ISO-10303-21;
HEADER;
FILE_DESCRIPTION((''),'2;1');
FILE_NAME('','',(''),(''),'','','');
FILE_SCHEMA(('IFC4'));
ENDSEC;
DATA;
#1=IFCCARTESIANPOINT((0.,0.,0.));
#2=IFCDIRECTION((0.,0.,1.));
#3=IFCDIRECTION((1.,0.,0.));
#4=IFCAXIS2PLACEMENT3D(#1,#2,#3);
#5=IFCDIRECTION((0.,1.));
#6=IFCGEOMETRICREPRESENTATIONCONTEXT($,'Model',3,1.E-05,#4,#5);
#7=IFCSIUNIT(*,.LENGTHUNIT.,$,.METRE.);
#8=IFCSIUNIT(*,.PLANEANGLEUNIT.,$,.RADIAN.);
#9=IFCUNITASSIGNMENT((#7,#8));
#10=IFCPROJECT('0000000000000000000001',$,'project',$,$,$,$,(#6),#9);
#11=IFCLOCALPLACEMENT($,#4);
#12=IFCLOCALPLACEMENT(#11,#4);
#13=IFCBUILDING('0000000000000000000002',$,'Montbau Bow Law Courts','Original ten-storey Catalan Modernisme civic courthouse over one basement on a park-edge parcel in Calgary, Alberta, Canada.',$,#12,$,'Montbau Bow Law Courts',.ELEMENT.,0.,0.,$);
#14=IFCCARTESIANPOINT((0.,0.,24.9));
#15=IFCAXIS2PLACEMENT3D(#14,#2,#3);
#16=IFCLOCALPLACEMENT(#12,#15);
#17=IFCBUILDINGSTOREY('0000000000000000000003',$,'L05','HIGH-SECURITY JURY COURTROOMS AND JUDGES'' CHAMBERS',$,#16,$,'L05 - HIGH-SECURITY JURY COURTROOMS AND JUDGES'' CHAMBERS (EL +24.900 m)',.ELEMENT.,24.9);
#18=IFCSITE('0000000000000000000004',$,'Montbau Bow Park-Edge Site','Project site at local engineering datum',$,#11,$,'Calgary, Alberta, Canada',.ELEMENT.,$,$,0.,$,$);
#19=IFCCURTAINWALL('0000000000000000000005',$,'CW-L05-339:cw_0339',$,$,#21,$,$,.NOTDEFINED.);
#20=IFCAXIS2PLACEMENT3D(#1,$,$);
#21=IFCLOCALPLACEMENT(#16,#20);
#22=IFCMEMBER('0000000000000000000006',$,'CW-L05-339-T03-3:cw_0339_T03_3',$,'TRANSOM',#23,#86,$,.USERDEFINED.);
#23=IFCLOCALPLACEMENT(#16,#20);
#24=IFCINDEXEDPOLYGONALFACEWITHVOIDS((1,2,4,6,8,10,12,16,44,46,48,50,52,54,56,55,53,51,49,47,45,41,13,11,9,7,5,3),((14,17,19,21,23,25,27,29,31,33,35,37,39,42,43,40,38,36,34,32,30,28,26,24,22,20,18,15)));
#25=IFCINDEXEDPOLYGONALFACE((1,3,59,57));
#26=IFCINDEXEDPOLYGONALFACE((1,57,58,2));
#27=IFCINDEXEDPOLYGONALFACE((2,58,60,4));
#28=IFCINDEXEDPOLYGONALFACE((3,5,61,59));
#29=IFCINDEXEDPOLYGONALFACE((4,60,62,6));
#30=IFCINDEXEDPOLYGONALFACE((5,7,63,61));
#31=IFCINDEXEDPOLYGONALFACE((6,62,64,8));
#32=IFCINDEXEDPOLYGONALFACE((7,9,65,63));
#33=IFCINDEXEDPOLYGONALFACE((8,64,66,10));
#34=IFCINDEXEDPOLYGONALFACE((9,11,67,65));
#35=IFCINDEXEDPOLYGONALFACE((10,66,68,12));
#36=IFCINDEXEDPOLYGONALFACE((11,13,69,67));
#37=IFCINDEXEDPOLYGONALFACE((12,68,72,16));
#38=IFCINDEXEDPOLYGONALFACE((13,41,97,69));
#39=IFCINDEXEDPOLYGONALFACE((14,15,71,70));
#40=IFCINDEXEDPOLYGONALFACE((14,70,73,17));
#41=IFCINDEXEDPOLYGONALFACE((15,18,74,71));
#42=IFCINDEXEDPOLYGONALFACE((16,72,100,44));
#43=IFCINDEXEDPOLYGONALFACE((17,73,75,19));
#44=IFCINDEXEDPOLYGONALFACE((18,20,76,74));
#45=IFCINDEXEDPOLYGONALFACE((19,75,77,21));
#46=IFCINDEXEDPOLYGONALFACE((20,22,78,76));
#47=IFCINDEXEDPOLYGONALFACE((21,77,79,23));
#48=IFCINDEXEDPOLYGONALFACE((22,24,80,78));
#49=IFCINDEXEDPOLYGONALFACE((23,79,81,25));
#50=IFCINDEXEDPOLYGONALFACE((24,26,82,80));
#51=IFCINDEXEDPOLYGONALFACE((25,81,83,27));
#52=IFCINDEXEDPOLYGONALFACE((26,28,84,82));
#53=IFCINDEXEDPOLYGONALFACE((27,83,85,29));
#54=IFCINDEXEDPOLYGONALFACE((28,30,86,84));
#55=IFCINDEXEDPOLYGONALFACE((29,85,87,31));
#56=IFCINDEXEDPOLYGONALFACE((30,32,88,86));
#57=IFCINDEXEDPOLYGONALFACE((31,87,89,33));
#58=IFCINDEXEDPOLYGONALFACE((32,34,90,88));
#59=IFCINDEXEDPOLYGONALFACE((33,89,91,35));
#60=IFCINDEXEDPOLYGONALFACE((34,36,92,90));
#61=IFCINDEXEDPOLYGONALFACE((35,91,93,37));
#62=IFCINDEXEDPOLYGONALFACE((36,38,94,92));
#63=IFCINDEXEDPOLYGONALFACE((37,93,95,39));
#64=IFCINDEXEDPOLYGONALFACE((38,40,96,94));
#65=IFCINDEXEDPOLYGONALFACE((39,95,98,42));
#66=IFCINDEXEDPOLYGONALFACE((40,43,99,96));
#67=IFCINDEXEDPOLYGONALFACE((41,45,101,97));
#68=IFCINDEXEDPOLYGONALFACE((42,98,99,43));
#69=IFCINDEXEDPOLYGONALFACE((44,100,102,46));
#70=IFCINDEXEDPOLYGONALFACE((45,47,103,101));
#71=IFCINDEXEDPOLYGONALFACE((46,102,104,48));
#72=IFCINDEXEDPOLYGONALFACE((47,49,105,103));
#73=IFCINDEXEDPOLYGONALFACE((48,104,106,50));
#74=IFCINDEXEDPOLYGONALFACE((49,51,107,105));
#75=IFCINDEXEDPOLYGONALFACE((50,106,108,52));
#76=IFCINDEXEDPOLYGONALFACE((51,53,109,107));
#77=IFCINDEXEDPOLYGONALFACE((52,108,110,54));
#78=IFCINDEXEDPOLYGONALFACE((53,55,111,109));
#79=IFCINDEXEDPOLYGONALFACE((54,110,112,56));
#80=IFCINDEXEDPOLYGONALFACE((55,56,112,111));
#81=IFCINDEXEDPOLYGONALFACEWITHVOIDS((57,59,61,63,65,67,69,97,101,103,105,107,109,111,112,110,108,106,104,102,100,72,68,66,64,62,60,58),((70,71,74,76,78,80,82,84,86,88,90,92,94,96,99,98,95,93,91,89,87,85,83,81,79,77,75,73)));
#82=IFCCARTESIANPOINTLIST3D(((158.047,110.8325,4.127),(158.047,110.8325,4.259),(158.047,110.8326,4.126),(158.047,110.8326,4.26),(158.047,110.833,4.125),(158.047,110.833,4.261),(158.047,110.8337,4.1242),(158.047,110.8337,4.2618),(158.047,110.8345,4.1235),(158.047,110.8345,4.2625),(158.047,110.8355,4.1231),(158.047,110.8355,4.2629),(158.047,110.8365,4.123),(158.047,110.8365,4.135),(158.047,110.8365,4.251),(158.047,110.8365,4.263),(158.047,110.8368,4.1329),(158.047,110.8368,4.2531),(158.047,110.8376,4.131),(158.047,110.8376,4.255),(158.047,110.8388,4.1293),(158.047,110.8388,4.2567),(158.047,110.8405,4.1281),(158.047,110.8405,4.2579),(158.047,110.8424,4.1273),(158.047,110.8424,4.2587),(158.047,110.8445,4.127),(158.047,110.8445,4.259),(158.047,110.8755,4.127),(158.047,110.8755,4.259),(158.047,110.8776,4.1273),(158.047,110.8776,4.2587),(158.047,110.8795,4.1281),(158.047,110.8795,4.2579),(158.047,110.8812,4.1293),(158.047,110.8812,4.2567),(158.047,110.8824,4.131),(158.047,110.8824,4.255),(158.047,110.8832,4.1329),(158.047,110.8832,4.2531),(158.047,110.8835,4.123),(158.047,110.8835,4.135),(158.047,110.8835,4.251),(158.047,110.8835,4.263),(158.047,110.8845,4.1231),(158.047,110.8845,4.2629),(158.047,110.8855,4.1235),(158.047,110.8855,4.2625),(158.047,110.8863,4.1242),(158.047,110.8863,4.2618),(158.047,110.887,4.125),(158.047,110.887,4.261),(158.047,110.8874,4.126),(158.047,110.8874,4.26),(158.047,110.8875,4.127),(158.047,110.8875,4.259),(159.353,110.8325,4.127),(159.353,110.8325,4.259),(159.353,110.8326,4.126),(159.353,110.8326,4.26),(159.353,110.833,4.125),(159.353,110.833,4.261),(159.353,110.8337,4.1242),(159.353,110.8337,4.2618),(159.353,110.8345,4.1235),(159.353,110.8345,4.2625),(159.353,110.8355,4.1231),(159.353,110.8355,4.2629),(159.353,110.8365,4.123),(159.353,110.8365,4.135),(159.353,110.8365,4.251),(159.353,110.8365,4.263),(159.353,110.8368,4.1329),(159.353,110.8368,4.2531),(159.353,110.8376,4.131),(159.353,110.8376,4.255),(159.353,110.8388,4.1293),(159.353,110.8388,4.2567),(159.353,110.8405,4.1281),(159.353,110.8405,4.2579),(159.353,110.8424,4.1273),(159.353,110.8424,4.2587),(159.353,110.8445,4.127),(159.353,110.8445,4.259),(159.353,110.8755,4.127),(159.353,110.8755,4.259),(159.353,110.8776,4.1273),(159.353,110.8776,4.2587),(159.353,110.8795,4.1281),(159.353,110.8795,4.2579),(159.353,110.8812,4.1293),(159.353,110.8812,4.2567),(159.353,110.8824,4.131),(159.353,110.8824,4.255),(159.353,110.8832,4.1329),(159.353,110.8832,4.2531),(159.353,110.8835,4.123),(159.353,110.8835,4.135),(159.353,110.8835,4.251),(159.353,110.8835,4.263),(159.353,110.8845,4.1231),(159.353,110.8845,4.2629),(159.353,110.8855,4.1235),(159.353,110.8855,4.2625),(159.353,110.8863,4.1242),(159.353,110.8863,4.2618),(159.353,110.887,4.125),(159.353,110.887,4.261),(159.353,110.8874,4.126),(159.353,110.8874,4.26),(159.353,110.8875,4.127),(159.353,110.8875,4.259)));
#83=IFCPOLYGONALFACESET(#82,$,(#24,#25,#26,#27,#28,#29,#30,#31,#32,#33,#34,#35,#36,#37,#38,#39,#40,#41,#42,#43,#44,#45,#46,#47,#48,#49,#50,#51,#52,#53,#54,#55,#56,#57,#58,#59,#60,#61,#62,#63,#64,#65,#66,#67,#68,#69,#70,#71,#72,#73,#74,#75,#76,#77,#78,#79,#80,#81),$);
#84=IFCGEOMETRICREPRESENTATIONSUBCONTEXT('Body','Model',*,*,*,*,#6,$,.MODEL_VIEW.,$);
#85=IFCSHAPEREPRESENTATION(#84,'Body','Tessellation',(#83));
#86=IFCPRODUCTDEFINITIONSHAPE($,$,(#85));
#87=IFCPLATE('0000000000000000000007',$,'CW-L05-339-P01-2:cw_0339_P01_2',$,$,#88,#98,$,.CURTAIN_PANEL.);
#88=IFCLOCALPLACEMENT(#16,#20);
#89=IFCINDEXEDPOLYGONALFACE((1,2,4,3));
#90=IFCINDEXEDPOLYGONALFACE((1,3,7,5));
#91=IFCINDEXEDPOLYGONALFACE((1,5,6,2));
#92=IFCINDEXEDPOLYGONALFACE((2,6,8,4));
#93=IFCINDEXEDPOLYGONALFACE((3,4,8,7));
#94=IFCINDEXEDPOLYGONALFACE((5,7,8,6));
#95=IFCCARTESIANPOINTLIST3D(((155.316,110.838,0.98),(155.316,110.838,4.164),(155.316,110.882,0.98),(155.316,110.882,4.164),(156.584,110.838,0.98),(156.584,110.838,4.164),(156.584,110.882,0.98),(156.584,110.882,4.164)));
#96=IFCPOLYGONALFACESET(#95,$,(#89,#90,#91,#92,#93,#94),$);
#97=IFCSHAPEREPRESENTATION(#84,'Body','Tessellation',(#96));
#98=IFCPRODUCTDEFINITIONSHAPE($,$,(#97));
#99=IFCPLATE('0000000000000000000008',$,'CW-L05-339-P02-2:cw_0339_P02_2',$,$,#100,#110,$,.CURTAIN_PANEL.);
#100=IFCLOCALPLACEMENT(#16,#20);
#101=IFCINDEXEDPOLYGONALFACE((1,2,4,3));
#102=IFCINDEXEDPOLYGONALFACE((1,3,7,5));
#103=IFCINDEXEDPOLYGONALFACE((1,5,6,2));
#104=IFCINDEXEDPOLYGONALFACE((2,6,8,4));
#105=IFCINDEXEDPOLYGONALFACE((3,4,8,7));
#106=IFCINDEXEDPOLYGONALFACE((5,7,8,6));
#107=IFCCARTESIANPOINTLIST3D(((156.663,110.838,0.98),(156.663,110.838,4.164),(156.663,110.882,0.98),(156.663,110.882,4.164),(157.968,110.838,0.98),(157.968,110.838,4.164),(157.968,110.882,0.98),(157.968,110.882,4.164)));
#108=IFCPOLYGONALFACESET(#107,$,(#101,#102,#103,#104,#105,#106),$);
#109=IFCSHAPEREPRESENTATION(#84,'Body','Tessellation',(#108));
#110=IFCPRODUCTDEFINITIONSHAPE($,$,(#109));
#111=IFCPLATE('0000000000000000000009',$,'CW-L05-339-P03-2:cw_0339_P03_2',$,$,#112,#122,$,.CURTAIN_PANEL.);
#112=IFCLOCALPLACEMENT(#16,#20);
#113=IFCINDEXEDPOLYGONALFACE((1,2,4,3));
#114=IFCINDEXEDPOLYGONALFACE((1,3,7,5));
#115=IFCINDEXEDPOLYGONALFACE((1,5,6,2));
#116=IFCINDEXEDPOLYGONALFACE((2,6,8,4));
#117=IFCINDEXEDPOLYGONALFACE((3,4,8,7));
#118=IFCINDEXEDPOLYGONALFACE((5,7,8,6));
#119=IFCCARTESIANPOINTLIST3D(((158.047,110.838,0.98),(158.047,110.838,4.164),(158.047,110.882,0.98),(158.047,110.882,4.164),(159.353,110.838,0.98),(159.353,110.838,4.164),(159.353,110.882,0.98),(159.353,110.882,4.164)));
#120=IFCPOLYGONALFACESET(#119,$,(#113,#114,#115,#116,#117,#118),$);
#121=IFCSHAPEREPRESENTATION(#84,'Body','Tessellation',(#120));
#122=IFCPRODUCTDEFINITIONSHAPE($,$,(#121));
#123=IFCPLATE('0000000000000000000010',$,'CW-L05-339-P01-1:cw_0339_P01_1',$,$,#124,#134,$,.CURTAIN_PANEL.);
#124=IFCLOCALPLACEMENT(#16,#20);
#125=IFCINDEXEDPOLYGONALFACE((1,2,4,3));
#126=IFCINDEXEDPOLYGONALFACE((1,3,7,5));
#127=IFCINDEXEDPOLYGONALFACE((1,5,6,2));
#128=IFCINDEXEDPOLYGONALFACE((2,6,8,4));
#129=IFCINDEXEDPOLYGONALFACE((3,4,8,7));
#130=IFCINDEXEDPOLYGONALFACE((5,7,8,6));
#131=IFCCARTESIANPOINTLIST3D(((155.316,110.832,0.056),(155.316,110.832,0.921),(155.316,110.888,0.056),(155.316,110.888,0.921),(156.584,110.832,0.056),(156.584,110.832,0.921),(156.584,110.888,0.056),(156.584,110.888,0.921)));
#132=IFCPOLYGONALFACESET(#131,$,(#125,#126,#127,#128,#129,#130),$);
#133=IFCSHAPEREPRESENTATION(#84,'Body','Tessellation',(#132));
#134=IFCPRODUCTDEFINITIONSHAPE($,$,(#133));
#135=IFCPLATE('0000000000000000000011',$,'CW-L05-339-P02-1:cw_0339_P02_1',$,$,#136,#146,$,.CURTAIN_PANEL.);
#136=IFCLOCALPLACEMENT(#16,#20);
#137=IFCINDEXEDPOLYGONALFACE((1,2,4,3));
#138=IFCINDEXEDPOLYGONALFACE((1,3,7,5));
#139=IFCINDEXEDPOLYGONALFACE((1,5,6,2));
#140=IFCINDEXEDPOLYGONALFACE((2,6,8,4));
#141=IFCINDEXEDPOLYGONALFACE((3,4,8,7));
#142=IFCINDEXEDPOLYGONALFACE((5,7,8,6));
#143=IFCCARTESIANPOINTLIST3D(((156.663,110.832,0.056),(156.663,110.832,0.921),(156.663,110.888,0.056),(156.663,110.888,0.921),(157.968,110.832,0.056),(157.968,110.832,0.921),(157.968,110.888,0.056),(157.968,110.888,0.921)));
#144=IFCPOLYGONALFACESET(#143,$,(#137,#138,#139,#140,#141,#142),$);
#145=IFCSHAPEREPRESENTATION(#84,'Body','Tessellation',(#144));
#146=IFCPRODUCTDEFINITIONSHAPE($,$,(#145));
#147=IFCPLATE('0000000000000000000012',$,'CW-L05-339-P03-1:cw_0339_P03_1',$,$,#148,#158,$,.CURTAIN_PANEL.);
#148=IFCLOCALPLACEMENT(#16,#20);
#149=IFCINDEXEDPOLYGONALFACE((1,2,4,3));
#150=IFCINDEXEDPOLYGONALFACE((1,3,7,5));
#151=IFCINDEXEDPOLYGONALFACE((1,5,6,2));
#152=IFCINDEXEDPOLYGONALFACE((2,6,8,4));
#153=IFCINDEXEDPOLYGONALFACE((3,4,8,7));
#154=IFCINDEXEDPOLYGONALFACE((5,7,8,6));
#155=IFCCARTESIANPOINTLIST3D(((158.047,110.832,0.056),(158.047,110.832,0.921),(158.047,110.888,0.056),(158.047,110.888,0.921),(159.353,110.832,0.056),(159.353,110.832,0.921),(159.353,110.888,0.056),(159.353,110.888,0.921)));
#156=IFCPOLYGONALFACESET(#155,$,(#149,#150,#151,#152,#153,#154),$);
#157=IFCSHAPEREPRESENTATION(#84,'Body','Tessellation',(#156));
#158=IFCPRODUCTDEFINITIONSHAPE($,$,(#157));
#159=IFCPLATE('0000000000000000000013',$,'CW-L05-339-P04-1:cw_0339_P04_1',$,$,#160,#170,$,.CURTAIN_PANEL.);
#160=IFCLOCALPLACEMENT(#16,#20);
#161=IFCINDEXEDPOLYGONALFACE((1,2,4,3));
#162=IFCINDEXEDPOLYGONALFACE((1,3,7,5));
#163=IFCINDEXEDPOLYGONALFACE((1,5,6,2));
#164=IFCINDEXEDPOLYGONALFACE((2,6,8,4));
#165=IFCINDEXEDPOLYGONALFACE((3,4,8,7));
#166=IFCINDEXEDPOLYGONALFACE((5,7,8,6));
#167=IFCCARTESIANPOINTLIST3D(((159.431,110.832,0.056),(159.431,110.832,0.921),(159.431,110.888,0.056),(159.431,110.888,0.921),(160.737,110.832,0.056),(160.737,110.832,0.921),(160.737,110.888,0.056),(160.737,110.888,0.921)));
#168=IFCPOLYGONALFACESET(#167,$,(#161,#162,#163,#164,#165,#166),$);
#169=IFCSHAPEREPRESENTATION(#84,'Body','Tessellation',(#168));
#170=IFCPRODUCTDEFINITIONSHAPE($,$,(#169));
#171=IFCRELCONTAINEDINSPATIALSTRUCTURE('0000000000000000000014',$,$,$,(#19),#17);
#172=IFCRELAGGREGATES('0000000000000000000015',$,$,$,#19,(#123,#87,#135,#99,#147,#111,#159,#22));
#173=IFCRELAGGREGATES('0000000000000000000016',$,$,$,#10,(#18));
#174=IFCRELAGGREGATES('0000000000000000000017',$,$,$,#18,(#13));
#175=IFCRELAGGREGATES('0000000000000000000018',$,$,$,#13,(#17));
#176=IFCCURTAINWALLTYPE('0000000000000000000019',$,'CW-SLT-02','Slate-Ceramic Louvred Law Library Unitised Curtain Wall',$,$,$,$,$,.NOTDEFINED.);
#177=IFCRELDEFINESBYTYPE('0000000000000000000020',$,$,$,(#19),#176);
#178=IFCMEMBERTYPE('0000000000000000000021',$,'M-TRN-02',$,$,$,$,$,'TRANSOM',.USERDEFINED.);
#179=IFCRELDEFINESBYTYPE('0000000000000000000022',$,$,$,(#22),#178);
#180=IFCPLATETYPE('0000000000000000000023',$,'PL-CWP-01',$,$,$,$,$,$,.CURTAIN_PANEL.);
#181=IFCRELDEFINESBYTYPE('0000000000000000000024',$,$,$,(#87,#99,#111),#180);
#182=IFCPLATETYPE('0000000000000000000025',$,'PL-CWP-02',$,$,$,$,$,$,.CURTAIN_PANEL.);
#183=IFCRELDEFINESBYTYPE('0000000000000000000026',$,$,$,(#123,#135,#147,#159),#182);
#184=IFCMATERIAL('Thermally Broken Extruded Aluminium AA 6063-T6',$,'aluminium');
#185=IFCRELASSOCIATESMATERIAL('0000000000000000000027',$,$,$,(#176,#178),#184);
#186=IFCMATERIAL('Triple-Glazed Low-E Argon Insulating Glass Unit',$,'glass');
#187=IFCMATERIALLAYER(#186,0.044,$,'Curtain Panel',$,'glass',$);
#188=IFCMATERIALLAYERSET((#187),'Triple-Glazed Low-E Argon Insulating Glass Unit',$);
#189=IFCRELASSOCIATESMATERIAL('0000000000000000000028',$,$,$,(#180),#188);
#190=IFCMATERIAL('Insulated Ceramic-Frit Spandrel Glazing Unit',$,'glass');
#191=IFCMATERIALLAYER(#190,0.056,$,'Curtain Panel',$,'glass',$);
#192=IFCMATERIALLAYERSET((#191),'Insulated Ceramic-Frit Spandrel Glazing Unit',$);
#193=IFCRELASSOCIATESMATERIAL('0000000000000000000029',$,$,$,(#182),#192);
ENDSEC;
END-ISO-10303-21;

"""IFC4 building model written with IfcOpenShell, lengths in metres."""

from ifc_helpers import new_model, si_unit, direction, frame, frame_2d, origin_with_axes, origin_2d_with_axis, place, context, subcontext, project, spatial, rectangle, hollow_rectangle, extrude, material, layer, layer_set, material_profile, profile_set, type_object, element, aggregate, save


model = new_model("IFC4")

# Units and contexts
model_context = context("Model", 3, precision=1e-05, world=origin_with_axes(), true_north=direction((0.0, 1.0)))
body_context = subcontext(model_context, "Body", "Model", "MODEL_VIEW")
ifc_project = project(units=[si_unit("LENGTHUNIT", "METRE"), si_unit("PLANEANGLEUNIT", "RADIAN")], contexts=[model_context])

# Site, building, storey
site_placement = place(None, origin_with_axes())
site = spatial("IfcSite", under=ifc_project, at=site_placement, Name="Montbau Bow Park-Edge Site", Description="Project site at local engineering datum", LongName="Calgary, Alberta, Canada", CompositionType="ELEMENT", RefElevation=0.0)
building_placement = place(site_placement, origin_with_axes())
building = spatial("IfcBuilding", under=site, at=building_placement, Name="Montbau Bow Law Courts", Description="Original ten-storey Catalan Modernisme civic courthouse over one basement on a park-edge parcel in Calgary, Alberta, Canada.", LongName="Montbau Bow Law Courts", CompositionType="ELEMENT", ElevationOfRefHeight=0.0, ElevationOfTerrain=0.0)
storey_placement = place(building_placement, frame((0.0, 0.0, 24.9), z_axis=(0.0, 0.0, 1.0), x_axis=(1.0, 0.0, 0.0)))
storey = spatial("IfcBuildingStorey", under=building, at=storey_placement, Name="L05", Description="HIGH-SECURITY JURY COURTROOMS AND JUDGES' CHAMBERS", LongName="L05 - HIGH-SECURITY JURY COURTROOMS AND JUDGES' CHAMBERS (EL +24.900 m)", CompositionType="ELEMENT", Elevation=24.9)

# Curtain wall, member, plates
ifc_material_1 = material(Name="Thermally Broken Extruded Aluminium AA 6063-T6", Category="aluminium")
curtain_wall_type = type_object("IfcCurtainWallType", Name="CW-SLT-02", Description="Slate-Ceramic Louvred Law Library Unitised Curtain Wall", PredefinedType="NOTDEFINED", material=ifc_material_1)
curtain_wall_placement = place(None, frame((155.24, 110.86, 24.9), z_axis=(0.0, 0.0, 1.0), x_axis=(1.0, 0.0, 0.0)))
curtain_wall = element("IfcCurtainWall", 1, at=curtain_wall_placement, inside=storey, type_object=curtain_wall_type, Name="CW-L05-339:cw_0339", PredefinedType="NOTDEFINED")
ifc_material_profile_1 = material_profile(ifc_material_1, hollow_rectangle(XDim=0.055, YDim=0.14, WallThickness=0.004, InnerFilletRadius=0.008, OuterFilletRadius=0.004, at=origin_2d_with_axis()), Name="CWT-140X55", Category="Main", Priority=0)
ifc_profile_set_1 = profile_set([ifc_material_profile_1], Name="Thermally Broken Extruded Aluminium AA 6063-T6")
member_type_1 = type_object("IfcMemberType", Name="M-TRN-02", ElementType="TRANSOM", PredefinedType="USERDEFINED", material=ifc_profile_set_1)
member_1_placement = place(None, frame((158.047, 110.86, 29.093), z_axis=(1.0, 0.0, 0.0), x_axis=(0.0, 1.0, 0.0)))
member_1 = element("IfcMember", 2, at=member_1_placement, type_object=member_type_1, Name="CW-L05-339-T03-3:cw_0339_T03_3", ObjectType="TRANSOM", PredefinedType="USERDEFINED", context=body_context, shape_type="SweptSolid", body=[
    extrude(hollow_rectangle(XDim=0.055, YDim=0.14, WallThickness=0.004, InnerFilletRadius=0.008, OuterFilletRadius=0.004, at=origin_2d_with_axis()), origin_with_axes(), (0.0, 0.0, 1.0), 1.306),
])
ifc_material_2 = material(Name="Triple-Glazed Low-E Argon Insulating Glass Unit", Category="glass")
ifc_layer_1 = layer(ifc_material_2, 0.044, Name="Curtain Panel", Category="glass")
ifc_layer_set_1 = layer_set([ifc_layer_1], Name="Triple-Glazed Low-E Argon Insulating Glass Unit")
plate_type_1 = type_object("IfcPlateType", Name="PL-CWP-01", PredefinedType="CURTAIN_PANEL", material=ifc_layer_set_1)
plate_1_placement = place(None, frame((155.316, 110.86, 25.88), z_axis=(0.0, -1.0, 0.0), x_axis=(1.0, 0.0, 0.0)))
plate_1 = element("IfcPlate", 3, at=plate_1_placement, type_object=plate_type_1, Name="CW-L05-339-P01-2:cw_0339_P01_2", PredefinedType="CURTAIN_PANEL", context=body_context, shape_type="SweptSolid", body=[
    extrude(rectangle(XDim=1.268, YDim=3.184, at=frame_2d((0.634, 1.592), x_axis=(1.0, 0.0))), frame((0.0, 0.0, -0.022), z_axis=(0.0, 0.0, 1.0), x_axis=(1.0, 0.0, 0.0)), (0.0, 0.0, 1.0), 0.044),
])
plate_2_placement = place(None, frame((156.663, 110.86, 25.88), z_axis=(0.0, -1.0, 0.0), x_axis=(1.0, 0.0, 0.0)))
plate_2 = element("IfcPlate", 4, at=plate_2_placement, type_object=plate_type_1, Name="CW-L05-339-P02-2:cw_0339_P02_2", PredefinedType="CURTAIN_PANEL", context=body_context, shape_type="SweptSolid", body=[
    extrude(rectangle(XDim=1.305, YDim=3.184, at=frame_2d((0.6525, 1.592), x_axis=(1.0, 0.0))), frame((0.0, 0.0, -0.022), z_axis=(0.0, 0.0, 1.0), x_axis=(1.0, 0.0, 0.0)), (0.0, 0.0, 1.0), 0.044),
])
plate_3_placement = place(None, frame((158.047, 110.86, 25.88), z_axis=(0.0, -1.0, 0.0), x_axis=(1.0, 0.0, 0.0)))
plate_3 = element("IfcPlate", 5, at=plate_3_placement, type_object=plate_type_1, Name="CW-L05-339-P03-2:cw_0339_P03_2", PredefinedType="CURTAIN_PANEL", context=body_context, shape_type="SweptSolid", body=[
    extrude(rectangle(XDim=1.306, YDim=3.184, at=frame_2d((0.653, 1.592), x_axis=(1.0, 0.0))), frame((0.0, 0.0, -0.022), z_axis=(0.0, 0.0, 1.0), x_axis=(1.0, 0.0, 0.0)), (0.0, 0.0, 1.0), 0.044),
])
ifc_material_3 = material(Name="Insulated Ceramic-Frit Spandrel Glazing Unit", Category="glass")
ifc_layer_2 = layer(ifc_material_3, 0.056, Name="Curtain Panel", Category="glass")
ifc_layer_set_2 = layer_set([ifc_layer_2], Name="Insulated Ceramic-Frit Spandrel Glazing Unit")
plate_type_2 = type_object("IfcPlateType", Name="PL-CWP-02", PredefinedType="CURTAIN_PANEL", material=ifc_layer_set_2)
plate_4_placement = place(None, frame((155.316, 110.86, 24.956), z_axis=(0.0, -1.0, 0.0), x_axis=(1.0, 0.0, 0.0)))
plate_4 = element("IfcPlate", 6, at=plate_4_placement, type_object=plate_type_2, Name="CW-L05-339-P01-1:cw_0339_P01_1", PredefinedType="CURTAIN_PANEL", context=body_context, shape_type="SweptSolid", body=[
    extrude(rectangle(XDim=1.268, YDim=0.865, at=frame_2d((0.634, 0.4325), x_axis=(1.0, 0.0))), frame((0.0, 0.0, -0.028), z_axis=(0.0, 0.0, 1.0), x_axis=(1.0, 0.0, 0.0)), (0.0, 0.0, 1.0), 0.056),
])
plate_5_placement = place(None, frame((156.663, 110.86, 24.956), z_axis=(0.0, -1.0, 0.0), x_axis=(1.0, 0.0, 0.0)))
plate_5 = element("IfcPlate", 7, at=plate_5_placement, type_object=plate_type_2, Name="CW-L05-339-P02-1:cw_0339_P02_1", PredefinedType="CURTAIN_PANEL", context=body_context, shape_type="SweptSolid", body=[
    extrude(rectangle(XDim=1.305, YDim=0.865, at=frame_2d((0.6525, 0.4325), x_axis=(1.0, 0.0))), frame((0.0, 0.0, -0.028), z_axis=(0.0, 0.0, 1.0), x_axis=(1.0, 0.0, 0.0)), (0.0, 0.0, 1.0), 0.056),
])
plate_6_placement = place(None, frame((158.047, 110.86, 24.956), z_axis=(0.0, -1.0, 0.0), x_axis=(1.0, 0.0, 0.0)))
plate_6 = element("IfcPlate", 8, at=plate_6_placement, type_object=plate_type_2, Name="CW-L05-339-P03-1:cw_0339_P03_1", PredefinedType="CURTAIN_PANEL", context=body_context, shape_type="SweptSolid", body=[
    extrude(rectangle(XDim=1.306, YDim=0.865, at=frame_2d((0.653, 0.4325), x_axis=(1.0, 0.0))), frame((0.0, 0.0, -0.028), z_axis=(0.0, 0.0, 1.0), x_axis=(1.0, 0.0, 0.0)), (0.0, 0.0, 1.0), 0.056),
])
plate_7_placement = place(None, frame((159.431, 110.86, 24.956), z_axis=(0.0, -1.0, 0.0), x_axis=(1.0, 0.0, 0.0)))
plate_7 = element("IfcPlate", 9, at=plate_7_placement, type_object=plate_type_2, Name="CW-L05-339-P04-1:cw_0339_P04_1", PredefinedType="CURTAIN_PANEL", context=body_context, shape_type="SweptSolid", body=[
    extrude(rectangle(XDim=1.306, YDim=0.865, at=frame_2d((0.653, 0.4325), x_axis=(1.0, 0.0))), frame((0.0, 0.0, -0.028), z_axis=(0.0, 0.0, 1.0), x_axis=(1.0, 0.0, 0.0)), (0.0, 0.0, 1.0), 0.056),
])
aggregate(curtain_wall, [plate_4, plate_1, plate_5, plate_2, plate_6, plate_3, plate_7, member_1])

save(model, "model.ifc")
